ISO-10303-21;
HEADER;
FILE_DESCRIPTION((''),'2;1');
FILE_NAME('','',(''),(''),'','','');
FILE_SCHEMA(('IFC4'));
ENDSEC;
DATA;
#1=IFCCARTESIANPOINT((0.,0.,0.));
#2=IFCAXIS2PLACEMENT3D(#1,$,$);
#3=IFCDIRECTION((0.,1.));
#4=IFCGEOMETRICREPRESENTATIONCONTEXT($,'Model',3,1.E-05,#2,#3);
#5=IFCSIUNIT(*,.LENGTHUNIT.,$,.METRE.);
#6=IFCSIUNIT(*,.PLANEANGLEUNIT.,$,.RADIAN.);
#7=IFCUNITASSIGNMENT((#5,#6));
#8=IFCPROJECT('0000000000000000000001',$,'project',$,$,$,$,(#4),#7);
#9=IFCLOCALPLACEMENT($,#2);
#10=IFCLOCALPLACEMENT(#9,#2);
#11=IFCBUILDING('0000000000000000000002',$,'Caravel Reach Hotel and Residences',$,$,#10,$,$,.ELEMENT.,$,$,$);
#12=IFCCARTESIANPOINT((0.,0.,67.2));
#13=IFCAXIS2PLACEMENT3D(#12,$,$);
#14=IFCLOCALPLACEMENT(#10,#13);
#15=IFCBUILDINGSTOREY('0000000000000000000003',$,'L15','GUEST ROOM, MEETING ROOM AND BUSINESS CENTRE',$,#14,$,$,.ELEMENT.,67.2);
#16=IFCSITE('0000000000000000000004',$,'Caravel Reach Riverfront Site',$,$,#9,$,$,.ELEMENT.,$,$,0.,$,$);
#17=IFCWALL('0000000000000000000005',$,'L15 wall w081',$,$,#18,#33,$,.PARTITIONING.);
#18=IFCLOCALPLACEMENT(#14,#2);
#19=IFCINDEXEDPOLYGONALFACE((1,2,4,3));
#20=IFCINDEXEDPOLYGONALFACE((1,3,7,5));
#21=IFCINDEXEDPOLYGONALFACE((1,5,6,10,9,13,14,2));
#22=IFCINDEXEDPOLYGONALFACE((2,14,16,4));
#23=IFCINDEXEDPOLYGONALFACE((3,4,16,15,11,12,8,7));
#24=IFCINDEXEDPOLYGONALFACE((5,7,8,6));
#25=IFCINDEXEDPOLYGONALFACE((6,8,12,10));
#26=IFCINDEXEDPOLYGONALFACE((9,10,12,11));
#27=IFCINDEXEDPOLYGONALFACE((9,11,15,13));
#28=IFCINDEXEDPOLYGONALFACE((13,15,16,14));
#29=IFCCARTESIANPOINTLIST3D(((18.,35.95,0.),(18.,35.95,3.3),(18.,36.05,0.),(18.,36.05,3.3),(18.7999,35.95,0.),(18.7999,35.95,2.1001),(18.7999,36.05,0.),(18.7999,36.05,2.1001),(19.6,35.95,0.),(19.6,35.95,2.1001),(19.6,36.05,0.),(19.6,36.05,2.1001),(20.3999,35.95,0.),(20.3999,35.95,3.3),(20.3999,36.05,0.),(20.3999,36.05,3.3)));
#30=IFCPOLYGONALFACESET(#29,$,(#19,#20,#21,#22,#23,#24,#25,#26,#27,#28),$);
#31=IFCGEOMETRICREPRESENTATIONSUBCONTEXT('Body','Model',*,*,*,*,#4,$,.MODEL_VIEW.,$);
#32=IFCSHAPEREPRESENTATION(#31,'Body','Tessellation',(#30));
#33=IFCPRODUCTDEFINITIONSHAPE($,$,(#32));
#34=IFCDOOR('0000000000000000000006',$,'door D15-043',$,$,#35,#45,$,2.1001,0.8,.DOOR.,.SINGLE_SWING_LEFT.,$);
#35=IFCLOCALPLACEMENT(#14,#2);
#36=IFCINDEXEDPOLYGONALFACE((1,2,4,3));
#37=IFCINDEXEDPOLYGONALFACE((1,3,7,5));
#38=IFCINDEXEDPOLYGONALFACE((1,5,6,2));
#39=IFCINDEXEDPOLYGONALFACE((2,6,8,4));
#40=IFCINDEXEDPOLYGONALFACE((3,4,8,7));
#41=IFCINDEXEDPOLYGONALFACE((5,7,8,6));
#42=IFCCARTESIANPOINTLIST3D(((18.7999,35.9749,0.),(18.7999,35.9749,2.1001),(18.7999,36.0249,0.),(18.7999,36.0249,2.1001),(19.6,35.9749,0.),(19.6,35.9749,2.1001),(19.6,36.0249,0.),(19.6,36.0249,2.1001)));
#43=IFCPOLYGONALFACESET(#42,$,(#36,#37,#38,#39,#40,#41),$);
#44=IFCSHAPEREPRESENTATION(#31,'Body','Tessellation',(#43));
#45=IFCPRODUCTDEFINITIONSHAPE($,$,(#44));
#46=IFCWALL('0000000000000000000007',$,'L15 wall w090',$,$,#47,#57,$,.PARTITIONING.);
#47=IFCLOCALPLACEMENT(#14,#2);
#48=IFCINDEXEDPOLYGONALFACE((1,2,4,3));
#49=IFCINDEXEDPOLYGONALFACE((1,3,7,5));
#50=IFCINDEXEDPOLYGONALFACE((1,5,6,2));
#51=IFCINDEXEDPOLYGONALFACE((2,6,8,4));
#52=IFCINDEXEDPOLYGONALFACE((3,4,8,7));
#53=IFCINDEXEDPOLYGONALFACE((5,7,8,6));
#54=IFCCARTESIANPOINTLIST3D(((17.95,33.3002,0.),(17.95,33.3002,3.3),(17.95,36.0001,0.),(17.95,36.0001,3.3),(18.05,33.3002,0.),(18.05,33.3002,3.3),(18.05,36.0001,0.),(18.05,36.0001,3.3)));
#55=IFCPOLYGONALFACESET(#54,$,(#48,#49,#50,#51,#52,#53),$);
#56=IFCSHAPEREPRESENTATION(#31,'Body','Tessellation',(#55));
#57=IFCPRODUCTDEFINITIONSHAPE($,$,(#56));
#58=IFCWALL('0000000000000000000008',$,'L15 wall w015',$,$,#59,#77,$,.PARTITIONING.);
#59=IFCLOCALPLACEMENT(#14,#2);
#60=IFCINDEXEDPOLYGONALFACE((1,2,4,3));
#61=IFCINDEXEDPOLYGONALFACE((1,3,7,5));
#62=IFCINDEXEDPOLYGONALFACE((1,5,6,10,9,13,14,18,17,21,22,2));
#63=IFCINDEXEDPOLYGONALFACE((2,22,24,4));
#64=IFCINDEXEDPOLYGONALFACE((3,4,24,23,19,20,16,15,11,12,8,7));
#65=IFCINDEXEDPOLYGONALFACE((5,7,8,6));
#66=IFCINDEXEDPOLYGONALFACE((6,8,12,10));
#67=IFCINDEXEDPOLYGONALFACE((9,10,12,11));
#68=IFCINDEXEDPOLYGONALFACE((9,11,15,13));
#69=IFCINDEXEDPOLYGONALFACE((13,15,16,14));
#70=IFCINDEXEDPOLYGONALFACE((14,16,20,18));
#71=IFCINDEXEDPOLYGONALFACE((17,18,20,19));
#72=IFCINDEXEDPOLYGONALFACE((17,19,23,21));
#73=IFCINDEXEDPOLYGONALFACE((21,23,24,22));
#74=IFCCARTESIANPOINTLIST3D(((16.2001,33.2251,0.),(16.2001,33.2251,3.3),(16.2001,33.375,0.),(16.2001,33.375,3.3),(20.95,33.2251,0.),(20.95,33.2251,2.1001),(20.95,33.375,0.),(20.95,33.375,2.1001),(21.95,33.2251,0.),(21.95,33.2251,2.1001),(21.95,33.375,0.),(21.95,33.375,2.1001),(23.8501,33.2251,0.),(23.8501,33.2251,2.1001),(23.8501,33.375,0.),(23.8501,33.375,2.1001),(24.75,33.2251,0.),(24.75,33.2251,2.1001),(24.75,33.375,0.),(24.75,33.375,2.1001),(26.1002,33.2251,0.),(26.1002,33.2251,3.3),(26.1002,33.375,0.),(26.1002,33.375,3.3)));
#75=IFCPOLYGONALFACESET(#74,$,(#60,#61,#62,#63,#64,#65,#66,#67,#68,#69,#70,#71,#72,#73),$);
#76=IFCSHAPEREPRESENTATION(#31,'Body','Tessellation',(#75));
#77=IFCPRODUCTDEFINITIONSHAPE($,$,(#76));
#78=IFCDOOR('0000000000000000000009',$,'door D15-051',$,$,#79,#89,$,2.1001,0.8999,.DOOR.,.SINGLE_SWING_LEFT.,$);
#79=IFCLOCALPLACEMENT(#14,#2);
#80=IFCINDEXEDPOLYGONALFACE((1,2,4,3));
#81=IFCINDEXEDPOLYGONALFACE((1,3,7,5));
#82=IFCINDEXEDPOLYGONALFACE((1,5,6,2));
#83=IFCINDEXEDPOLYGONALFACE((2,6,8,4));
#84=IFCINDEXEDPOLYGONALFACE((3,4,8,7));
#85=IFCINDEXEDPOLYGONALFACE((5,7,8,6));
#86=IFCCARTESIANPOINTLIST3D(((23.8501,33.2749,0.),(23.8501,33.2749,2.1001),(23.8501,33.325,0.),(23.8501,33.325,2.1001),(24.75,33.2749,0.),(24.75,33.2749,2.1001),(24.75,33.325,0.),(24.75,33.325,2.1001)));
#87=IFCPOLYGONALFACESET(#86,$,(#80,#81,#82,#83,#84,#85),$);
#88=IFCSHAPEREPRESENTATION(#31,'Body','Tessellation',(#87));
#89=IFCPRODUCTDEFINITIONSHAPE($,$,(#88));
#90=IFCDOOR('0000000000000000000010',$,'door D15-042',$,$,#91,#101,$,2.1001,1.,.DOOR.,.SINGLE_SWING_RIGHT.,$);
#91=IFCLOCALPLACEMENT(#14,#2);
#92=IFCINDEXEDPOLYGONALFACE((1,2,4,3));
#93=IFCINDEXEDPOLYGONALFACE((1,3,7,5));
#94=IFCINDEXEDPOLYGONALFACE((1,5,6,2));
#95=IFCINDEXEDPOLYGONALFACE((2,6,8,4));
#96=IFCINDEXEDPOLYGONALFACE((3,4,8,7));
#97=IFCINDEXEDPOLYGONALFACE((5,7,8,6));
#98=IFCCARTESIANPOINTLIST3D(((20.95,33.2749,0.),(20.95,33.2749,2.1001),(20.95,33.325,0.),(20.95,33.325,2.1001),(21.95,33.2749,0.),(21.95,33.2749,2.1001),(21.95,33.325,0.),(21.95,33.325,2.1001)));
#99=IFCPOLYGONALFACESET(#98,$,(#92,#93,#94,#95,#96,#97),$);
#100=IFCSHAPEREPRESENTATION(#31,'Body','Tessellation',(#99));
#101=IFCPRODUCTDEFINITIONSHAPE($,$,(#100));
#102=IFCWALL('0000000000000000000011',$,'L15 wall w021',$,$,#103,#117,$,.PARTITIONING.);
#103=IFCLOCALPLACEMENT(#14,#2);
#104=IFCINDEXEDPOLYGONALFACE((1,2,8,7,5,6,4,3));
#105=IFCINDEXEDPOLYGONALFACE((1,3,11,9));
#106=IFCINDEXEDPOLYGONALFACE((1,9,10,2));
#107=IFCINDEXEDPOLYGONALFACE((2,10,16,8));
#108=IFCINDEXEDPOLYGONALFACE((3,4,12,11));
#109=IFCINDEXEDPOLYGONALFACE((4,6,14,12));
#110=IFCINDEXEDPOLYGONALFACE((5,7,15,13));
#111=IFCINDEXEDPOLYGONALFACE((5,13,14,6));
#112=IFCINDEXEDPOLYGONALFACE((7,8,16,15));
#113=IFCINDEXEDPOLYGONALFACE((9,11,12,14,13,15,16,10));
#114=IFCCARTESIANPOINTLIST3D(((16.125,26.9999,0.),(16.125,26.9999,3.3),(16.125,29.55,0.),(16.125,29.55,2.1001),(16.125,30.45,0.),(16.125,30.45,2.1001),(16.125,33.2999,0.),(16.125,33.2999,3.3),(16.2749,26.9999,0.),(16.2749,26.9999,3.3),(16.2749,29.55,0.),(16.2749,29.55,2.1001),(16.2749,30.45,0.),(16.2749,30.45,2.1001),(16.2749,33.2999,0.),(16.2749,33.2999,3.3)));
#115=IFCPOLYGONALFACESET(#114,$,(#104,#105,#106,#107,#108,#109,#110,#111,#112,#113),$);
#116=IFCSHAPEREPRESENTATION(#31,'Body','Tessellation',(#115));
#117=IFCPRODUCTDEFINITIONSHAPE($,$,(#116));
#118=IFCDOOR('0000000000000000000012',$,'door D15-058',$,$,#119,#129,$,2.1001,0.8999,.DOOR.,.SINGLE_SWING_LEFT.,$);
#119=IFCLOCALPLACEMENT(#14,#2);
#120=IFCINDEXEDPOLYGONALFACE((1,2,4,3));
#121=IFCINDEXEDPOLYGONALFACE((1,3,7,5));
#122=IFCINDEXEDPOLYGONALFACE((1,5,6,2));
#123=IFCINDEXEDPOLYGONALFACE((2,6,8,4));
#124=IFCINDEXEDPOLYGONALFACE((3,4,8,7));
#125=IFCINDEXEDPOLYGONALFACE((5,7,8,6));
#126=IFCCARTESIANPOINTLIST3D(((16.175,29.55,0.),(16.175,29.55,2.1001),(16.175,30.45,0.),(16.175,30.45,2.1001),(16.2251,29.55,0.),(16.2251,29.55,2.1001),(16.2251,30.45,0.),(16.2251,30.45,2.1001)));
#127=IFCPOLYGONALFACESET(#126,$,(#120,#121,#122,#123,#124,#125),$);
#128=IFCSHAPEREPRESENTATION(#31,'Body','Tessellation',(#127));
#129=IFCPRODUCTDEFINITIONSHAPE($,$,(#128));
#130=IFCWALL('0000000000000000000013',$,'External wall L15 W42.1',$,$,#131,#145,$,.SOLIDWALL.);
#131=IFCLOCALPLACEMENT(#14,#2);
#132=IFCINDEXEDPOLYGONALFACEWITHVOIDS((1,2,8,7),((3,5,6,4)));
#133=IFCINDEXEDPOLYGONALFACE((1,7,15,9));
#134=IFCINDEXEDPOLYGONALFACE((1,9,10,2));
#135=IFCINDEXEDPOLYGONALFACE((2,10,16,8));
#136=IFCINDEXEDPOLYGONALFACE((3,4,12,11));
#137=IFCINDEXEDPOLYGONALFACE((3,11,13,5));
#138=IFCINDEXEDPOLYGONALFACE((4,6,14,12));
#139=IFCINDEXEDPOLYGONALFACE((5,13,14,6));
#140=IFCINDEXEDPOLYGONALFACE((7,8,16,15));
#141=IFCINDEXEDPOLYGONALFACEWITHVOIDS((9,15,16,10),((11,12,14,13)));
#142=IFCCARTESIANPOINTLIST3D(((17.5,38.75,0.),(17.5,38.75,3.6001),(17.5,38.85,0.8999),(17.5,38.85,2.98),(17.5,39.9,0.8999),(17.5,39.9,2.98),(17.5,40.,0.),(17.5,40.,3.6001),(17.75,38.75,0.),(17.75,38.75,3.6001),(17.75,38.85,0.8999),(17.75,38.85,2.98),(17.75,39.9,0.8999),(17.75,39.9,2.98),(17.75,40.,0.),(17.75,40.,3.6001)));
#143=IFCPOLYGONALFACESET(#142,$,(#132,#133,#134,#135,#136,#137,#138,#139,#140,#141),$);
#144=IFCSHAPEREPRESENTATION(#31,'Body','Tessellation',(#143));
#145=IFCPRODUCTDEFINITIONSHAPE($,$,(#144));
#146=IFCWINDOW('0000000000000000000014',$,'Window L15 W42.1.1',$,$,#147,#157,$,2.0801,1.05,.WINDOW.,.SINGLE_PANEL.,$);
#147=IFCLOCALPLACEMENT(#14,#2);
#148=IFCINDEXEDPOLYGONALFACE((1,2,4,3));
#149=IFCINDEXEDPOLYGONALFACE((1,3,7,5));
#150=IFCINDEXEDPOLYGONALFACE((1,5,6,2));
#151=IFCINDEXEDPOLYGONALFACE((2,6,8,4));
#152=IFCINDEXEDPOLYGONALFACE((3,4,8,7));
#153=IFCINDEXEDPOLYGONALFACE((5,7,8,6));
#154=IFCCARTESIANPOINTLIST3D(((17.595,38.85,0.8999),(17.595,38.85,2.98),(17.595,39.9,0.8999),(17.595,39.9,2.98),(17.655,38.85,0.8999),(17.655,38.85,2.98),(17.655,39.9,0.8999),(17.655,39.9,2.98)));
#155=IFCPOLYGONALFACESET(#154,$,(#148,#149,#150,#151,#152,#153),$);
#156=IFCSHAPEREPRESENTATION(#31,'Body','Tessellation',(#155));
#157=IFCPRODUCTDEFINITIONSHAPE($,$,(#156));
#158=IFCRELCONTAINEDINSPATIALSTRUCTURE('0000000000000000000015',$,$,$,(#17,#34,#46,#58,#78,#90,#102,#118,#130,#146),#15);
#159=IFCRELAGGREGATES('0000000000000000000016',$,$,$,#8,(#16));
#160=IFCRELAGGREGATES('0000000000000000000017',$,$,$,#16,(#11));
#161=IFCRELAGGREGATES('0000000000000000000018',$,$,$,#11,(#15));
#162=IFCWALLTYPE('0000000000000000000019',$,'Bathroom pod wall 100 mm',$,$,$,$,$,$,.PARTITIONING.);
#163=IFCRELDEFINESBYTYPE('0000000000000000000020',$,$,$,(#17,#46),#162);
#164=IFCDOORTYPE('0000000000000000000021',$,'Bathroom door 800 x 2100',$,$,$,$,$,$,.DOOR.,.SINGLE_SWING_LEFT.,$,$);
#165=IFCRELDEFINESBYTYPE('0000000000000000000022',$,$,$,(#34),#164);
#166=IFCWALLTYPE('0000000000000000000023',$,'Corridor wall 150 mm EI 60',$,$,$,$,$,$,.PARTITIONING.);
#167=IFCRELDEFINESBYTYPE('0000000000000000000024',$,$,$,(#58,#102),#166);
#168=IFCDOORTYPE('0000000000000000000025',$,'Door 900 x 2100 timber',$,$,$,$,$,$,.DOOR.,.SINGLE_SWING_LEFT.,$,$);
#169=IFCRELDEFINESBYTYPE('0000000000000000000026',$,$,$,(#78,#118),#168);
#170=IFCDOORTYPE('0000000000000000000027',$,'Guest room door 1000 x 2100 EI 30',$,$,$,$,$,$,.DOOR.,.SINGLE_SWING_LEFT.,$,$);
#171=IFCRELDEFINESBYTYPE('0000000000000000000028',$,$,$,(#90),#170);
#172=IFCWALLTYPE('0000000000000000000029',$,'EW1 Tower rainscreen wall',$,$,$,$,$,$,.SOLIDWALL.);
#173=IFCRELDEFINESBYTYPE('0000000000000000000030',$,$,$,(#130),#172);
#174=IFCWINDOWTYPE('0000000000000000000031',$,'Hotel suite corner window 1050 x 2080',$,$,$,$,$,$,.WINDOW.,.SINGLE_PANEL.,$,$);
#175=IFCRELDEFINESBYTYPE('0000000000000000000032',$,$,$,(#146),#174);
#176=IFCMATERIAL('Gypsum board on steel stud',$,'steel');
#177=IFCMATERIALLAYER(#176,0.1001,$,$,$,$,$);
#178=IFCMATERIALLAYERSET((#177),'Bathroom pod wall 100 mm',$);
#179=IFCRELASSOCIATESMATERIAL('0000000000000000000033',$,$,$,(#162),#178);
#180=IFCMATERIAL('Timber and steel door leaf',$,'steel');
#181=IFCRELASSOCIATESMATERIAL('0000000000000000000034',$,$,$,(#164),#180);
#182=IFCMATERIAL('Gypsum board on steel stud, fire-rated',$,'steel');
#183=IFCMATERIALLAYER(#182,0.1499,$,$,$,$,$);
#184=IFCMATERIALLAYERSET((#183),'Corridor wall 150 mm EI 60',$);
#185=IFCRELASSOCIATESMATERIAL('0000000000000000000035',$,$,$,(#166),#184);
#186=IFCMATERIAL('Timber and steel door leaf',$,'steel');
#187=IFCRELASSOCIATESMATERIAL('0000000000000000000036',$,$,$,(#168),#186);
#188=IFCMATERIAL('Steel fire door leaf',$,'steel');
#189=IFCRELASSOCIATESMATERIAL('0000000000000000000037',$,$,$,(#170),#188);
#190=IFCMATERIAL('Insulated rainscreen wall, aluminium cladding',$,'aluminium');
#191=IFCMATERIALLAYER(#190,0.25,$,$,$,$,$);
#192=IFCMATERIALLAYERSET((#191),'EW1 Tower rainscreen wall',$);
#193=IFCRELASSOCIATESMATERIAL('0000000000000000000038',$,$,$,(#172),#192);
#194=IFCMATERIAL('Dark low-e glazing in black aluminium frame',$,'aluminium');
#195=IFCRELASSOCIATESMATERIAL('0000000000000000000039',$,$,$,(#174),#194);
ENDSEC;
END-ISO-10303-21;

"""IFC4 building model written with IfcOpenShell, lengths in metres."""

from ifc_helpers import new_model, si_unit, direction, frame, frame_2d, origin, place, context, subcontext, project, spatial, rectangle, extrude, material, layer, layer_set, type_object, element, fill, save


model = new_model("IFC4")

# Units and contexts
model_context = context("Model", 3, precision=1e-05, world=origin(), true_north=direction((0.0, 1.0)))
body_context = subcontext(model_context, "Body", "Model", "MODEL_VIEW")
ifc_project = project(units=[si_unit("LENGTHUNIT", "METRE"), si_unit("PLANEANGLEUNIT", "RADIAN")], contexts=[model_context])

# Site, building, storey
site_placement = place(None, origin())
site = spatial("IfcSite", under=ifc_project, at=site_placement, Name="Caravel Reach Riverfront Site", CompositionType="ELEMENT", RefElevation=0.0)
building_placement = place(site_placement, origin())
building = spatial("IfcBuilding", under=site, at=building_placement, Name="Caravel Reach Hotel and Residences", CompositionType="ELEMENT")
storey_placement = place(building_placement, frame((0.0, 0.0, 67.2)))
storey = spatial("IfcBuildingStorey", under=building, at=storey_placement, Name="L15", Description="GUEST ROOM, MEETING ROOM AND BUSINESS CENTRE", CompositionType="ELEMENT", Elevation=67.2)

# Wall, opening, door
ifc_material_1 = material(Name="Gypsum board on steel stud", Category="steel")
ifc_layer_1 = layer(ifc_material_1, 0.1001)
ifc_layer_set_1 = layer_set([ifc_layer_1], Name="Bathroom pod wall 100 mm")
wall_type_1 = type_object("IfcWallType", Name="Bathroom pod wall 100 mm", PredefinedType="PARTITIONING", material=ifc_layer_set_1)
wall_1_placement = place(storey_placement, frame((18.0, 36.0, 0.0), z_axis=(0.0, 0.0, 1.0), x_axis=(1.0, 0.0, 0.0)))
wall_1 = element("IfcWall", 1, at=wall_1_placement, inside=storey, type_object=wall_type_1, Name="L15 wall w081", PredefinedType="PARTITIONING", context=body_context, shape_type="SweptSolid", body=[
    extrude(rectangle(XDim=2.3999, YDim=0.1001, at=frame_2d((1.2, 0.0))), origin(), (0.0, 0.0, 1.0), 3.3),
])
opening_1_placement = place(wall_1_placement, frame((0.8, 0.0, 0.0)))
opening_1 = element("IfcOpeningElement", 2, at=opening_1_placement, cuts=wall_1, PredefinedType="OPENING", context=body_context, shape_type="SweptSolid", body=[
    extrude(rectangle(XDim=0.8, YDim=2.1001, at=frame_2d((0.3999, 1.05))), frame((0.0, 0.0601, 0.0), z_axis=(0.0, -1.0, 0.0), x_axis=(1.0, 0.0, 0.0)), (0.0, 0.0, 1.0), 0.1201),
])
ifc_material_2 = material(Name="Timber and steel door leaf", Category="steel")
door_type_1 = type_object("IfcDoorType", Name="Bathroom door 800 x 2100", OperationType="SINGLE_SWING_LEFT", PredefinedType="DOOR", material=ifc_material_2)
door_1_placement = place(opening_1_placement, origin())
door_1 = element("IfcDoor", 3, at=door_1_placement, inside=storey, type_object=door_type_1, Name="door D15-043", OperationType="SINGLE_SWING_LEFT", OverallHeight=2.1001, OverallWidth=0.8, PredefinedType="DOOR", context=body_context, shape_type="SweptSolid", body=[
    extrude(rectangle(XDim=0.8, YDim=2.1001, at=frame_2d((0.3999, 1.05))), frame((0.0, 0.0249, 0.0), z_axis=(0.0, -1.0, 0.0), x_axis=(1.0, 0.0, 0.0)), (0.0, 0.0, 1.0), 0.05),
])
fill(opening_1, door_1)

# Wall
wall_2_placement = place(storey_placement, frame((18.0, 33.3, 0.0), z_axis=(0.0, 0.0, 1.0), x_axis=(0.0, 1.0, 0.0)))
element("IfcWall", 4, at=wall_2_placement, inside=storey, type_object=wall_type_1, Name="L15 wall w090", PredefinedType="PARTITIONING", context=body_context, shape_type="SweptSolid", body=[
    extrude(rectangle(XDim=2.7, YDim=0.1001, at=frame_2d((1.3501, 0.0))), origin(), (0.0, 0.0, 1.0), 3.3),
])

# Wall, openings, doors
ifc_material_3 = material(Name="Gypsum board on steel stud, fire-rated", Category="steel")
ifc_layer_2 = layer(ifc_material_3, 0.1499)
ifc_layer_set_2 = layer_set([ifc_layer_2], Name="Corridor wall 150 mm EI 60")
wall_type_2 = type_object("IfcWallType", Name="Corridor wall 150 mm EI 60", PredefinedType="PARTITIONING", material=ifc_layer_set_2)
wall_3_placement = place(storey_placement, frame((16.2, 33.3, 0.0), z_axis=(0.0, 0.0, 1.0), x_axis=(1.0, 0.0, 0.0)))
wall_3 = element("IfcWall", 5, at=wall_3_placement, inside=storey, type_object=wall_type_2, Name="L15 wall w015", PredefinedType="PARTITIONING", context=body_context, shape_type="SweptSolid", body=[
    extrude(rectangle(XDim=9.9001, YDim=0.1499, at=frame_2d((4.9502, 0.0))), origin(), (0.0, 0.0, 1.0), 3.3),
])
opening_2_placement = place(wall_3_placement, frame((4.75, 0.0, 0.0)))
opening_2 = element("IfcOpeningElement", 6, at=opening_2_placement, cuts=wall_3, PredefinedType="OPENING", context=body_context, shape_type="SweptSolid", body=[
    extrude(rectangle(XDim=1.0, YDim=2.1001, at=frame_2d((0.5, 1.05))), frame((0.0, 0.085, 0.0), z_axis=(0.0, -1.0, 0.0), x_axis=(1.0, 0.0, 0.0)), (0.0, 0.0, 1.0), 0.1699),
])
opening_3_placement = place(wall_3_placement, frame((7.6501, 0.0, 0.0)))
opening_3 = element("IfcOpeningElement", 7, at=opening_3_placement, cuts=wall_3, PredefinedType="OPENING", context=body_context, shape_type="SweptSolid", body=[
    extrude(rectangle(XDim=0.8999, YDim=2.1001, at=frame_2d((0.45, 1.05))), frame((0.0, 0.085, 0.0), z_axis=(0.0, -1.0, 0.0), x_axis=(1.0, 0.0, 0.0)), (0.0, 0.0, 1.0), 0.1699),
])
ifc_material_4 = material(Name="Timber and steel door leaf", Category="steel")
door_type_2 = type_object("IfcDoorType", Name="Door 900 x 2100 timber", OperationType="SINGLE_SWING_LEFT", PredefinedType="DOOR", material=ifc_material_4)
door_2_placement = place(opening_3_placement, origin())
door_2 = element("IfcDoor", 8, at=door_2_placement, inside=storey, type_object=door_type_2, Name="door D15-051", OperationType="SINGLE_SWING_LEFT", OverallHeight=2.1001, OverallWidth=0.8999, PredefinedType="DOOR", context=body_context, shape_type="SweptSolid", body=[
    extrude(rectangle(XDim=0.8999, YDim=2.1001, at=frame_2d((0.45, 1.05))), frame((0.0, 0.0249, 0.0), z_axis=(0.0, -1.0, 0.0), x_axis=(1.0, 0.0, 0.0)), (0.0, 0.0, 1.0), 0.05),
])
fill(opening_3, door_2)
ifc_material_5 = material(Name="Steel fire door leaf", Category="steel")
door_type_3 = type_object("IfcDoorType", Name="Guest room door 1000 x 2100 EI 30", OperationType="SINGLE_SWING_LEFT", PredefinedType="DOOR", material=ifc_material_5)
door_3_placement = place(opening_2_placement, origin())
door_3 = element("IfcDoor", 9, at=door_3_placement, inside=storey, type_object=door_type_3, Name="door D15-042", OperationType="SINGLE_SWING_RIGHT", OverallHeight=2.1001, OverallWidth=1.0, PredefinedType="DOOR", context=body_context, shape_type="SweptSolid", body=[
    extrude(rectangle(XDim=1.0, YDim=2.1001, at=frame_2d((0.5, 1.05))), frame((0.0, 0.0249, 0.0), z_axis=(0.0, -1.0, 0.0), x_axis=(1.0, 0.0, 0.0)), (0.0, 0.0, 1.0), 0.05),
])
fill(opening_2, door_3)

# Wall, opening, door
wall_4_placement = place(storey_placement, frame((16.2, 27.0, 0.0), z_axis=(0.0, 0.0, 1.0), x_axis=(0.0, 1.0, 0.0)))
wall_4 = element("IfcWall", 10, at=wall_4_placement, inside=storey, type_object=wall_type_2, Name="L15 wall w021", PredefinedType="PARTITIONING", context=body_context, shape_type="SweptSolid", body=[
    extrude(rectangle(XDim=6.3, YDim=0.1499, at=frame_2d((3.1499, 0.0))), origin(), (0.0, 0.0, 1.0), 3.3),
])
opening_4_placement = place(wall_4_placement, frame((2.55, 0.0, 0.0)))
opening_4 = element("IfcOpeningElement", 11, at=opening_4_placement, cuts=wall_4, PredefinedType="OPENING", context=body_context, shape_type="SweptSolid", body=[
    extrude(rectangle(XDim=0.8999, YDim=2.1001, at=frame_2d((0.45, 1.05))), frame((0.0, 0.085, 0.0), z_axis=(0.0, -1.0, 0.0), x_axis=(1.0, 0.0, 0.0)), (0.0, 0.0, 1.0), 0.1699),
])
door_4_placement = place(opening_4_placement, origin())
door_4 = element("IfcDoor", 12, at=door_4_placement, inside=storey, type_object=door_type_2, Name="door D15-058", OperationType="SINGLE_SWING_LEFT", OverallHeight=2.1001, OverallWidth=0.8999, PredefinedType="DOOR", context=body_context, shape_type="SweptSolid", body=[
    extrude(rectangle(XDim=0.8999, YDim=2.1001, at=frame_2d((0.45, 1.05))), frame((0.0, 0.0249, 0.0), z_axis=(0.0, -1.0, 0.0), x_axis=(1.0, 0.0, 0.0)), (0.0, 0.0, 1.0), 0.05),
])
fill(opening_4, door_4)

# Wall, opening, window
ifc_material_6 = material(Name="Insulated rainscreen wall, aluminium cladding", Category="aluminium")
ifc_layer_3 = layer(ifc_material_6, 0.25)
ifc_layer_set_3 = layer_set([ifc_layer_3], Name="EW1 Tower rainscreen wall")
wall_type_3 = type_object("IfcWallType", Name="EW1 Tower rainscreen wall", PredefinedType="SOLIDWALL", material=ifc_layer_set_3)
wall_5_placement = place(storey_placement, frame((17.625, 40.0, 0.0), z_axis=(0.0, 0.0, 1.0), x_axis=(0.0, -1.0, 0.0)))
wall_5 = element("IfcWall", 13, at=wall_5_placement, inside=storey, type_object=wall_type_3, Name="External wall L15 W42.1", PredefinedType="SOLIDWALL", context=body_context, shape_type="SweptSolid", body=[
    extrude(rectangle(XDim=1.25, YDim=0.25, at=frame_2d((0.625, 0.0))), origin(), (0.0, 0.0, 1.0), 3.6001),
])
opening_5_placement = place(wall_5_placement, frame((0.1001, 0.0, 0.8999)))
opening_5 = element("IfcOpeningElement", 14, at=opening_5_placement, cuts=wall_5, PredefinedType="OPENING", context=body_context, shape_type="SweptSolid", body=[
    extrude(rectangle(XDim=1.05, YDim=2.0801, at=frame_2d((0.5249, 1.04))), frame((0.0, 0.135, 0.0), z_axis=(0.0, -1.0, 0.0), x_axis=(1.0, 0.0, 0.0)), (0.0, 0.0, 1.0), 0.27),
])
ifc_material_7 = material(Name="Dark low-e glazing in black aluminium frame", Category="aluminium")
window_type = type_object("IfcWindowType", Name="Hotel suite corner window 1050 x 2080", PartitioningType="SINGLE_PANEL", PredefinedType="WINDOW", material=ifc_material_7)
window_1_placement = place(opening_5_placement, origin())
window_1 = element("IfcWindow", 15, at=window_1_placement, inside=storey, type_object=window_type, Name="Window L15 W42.1.1", OverallHeight=2.0801, OverallWidth=1.05, PartitioningType="SINGLE_PANEL", PredefinedType="WINDOW", context=body_context, shape_type="SweptSolid", body=[
    extrude(rectangle(XDim=1.05, YDim=2.0801, at=frame_2d((0.5249, 1.04))), frame((0.0, 0.03, 0.0), z_axis=(0.0, -1.0, 0.0), x_axis=(1.0, 0.0, 0.0)), (0.0, 0.0, 1.0), 0.0601),
])
fill(opening_5, window_1)

save(model, "model.ifc")
